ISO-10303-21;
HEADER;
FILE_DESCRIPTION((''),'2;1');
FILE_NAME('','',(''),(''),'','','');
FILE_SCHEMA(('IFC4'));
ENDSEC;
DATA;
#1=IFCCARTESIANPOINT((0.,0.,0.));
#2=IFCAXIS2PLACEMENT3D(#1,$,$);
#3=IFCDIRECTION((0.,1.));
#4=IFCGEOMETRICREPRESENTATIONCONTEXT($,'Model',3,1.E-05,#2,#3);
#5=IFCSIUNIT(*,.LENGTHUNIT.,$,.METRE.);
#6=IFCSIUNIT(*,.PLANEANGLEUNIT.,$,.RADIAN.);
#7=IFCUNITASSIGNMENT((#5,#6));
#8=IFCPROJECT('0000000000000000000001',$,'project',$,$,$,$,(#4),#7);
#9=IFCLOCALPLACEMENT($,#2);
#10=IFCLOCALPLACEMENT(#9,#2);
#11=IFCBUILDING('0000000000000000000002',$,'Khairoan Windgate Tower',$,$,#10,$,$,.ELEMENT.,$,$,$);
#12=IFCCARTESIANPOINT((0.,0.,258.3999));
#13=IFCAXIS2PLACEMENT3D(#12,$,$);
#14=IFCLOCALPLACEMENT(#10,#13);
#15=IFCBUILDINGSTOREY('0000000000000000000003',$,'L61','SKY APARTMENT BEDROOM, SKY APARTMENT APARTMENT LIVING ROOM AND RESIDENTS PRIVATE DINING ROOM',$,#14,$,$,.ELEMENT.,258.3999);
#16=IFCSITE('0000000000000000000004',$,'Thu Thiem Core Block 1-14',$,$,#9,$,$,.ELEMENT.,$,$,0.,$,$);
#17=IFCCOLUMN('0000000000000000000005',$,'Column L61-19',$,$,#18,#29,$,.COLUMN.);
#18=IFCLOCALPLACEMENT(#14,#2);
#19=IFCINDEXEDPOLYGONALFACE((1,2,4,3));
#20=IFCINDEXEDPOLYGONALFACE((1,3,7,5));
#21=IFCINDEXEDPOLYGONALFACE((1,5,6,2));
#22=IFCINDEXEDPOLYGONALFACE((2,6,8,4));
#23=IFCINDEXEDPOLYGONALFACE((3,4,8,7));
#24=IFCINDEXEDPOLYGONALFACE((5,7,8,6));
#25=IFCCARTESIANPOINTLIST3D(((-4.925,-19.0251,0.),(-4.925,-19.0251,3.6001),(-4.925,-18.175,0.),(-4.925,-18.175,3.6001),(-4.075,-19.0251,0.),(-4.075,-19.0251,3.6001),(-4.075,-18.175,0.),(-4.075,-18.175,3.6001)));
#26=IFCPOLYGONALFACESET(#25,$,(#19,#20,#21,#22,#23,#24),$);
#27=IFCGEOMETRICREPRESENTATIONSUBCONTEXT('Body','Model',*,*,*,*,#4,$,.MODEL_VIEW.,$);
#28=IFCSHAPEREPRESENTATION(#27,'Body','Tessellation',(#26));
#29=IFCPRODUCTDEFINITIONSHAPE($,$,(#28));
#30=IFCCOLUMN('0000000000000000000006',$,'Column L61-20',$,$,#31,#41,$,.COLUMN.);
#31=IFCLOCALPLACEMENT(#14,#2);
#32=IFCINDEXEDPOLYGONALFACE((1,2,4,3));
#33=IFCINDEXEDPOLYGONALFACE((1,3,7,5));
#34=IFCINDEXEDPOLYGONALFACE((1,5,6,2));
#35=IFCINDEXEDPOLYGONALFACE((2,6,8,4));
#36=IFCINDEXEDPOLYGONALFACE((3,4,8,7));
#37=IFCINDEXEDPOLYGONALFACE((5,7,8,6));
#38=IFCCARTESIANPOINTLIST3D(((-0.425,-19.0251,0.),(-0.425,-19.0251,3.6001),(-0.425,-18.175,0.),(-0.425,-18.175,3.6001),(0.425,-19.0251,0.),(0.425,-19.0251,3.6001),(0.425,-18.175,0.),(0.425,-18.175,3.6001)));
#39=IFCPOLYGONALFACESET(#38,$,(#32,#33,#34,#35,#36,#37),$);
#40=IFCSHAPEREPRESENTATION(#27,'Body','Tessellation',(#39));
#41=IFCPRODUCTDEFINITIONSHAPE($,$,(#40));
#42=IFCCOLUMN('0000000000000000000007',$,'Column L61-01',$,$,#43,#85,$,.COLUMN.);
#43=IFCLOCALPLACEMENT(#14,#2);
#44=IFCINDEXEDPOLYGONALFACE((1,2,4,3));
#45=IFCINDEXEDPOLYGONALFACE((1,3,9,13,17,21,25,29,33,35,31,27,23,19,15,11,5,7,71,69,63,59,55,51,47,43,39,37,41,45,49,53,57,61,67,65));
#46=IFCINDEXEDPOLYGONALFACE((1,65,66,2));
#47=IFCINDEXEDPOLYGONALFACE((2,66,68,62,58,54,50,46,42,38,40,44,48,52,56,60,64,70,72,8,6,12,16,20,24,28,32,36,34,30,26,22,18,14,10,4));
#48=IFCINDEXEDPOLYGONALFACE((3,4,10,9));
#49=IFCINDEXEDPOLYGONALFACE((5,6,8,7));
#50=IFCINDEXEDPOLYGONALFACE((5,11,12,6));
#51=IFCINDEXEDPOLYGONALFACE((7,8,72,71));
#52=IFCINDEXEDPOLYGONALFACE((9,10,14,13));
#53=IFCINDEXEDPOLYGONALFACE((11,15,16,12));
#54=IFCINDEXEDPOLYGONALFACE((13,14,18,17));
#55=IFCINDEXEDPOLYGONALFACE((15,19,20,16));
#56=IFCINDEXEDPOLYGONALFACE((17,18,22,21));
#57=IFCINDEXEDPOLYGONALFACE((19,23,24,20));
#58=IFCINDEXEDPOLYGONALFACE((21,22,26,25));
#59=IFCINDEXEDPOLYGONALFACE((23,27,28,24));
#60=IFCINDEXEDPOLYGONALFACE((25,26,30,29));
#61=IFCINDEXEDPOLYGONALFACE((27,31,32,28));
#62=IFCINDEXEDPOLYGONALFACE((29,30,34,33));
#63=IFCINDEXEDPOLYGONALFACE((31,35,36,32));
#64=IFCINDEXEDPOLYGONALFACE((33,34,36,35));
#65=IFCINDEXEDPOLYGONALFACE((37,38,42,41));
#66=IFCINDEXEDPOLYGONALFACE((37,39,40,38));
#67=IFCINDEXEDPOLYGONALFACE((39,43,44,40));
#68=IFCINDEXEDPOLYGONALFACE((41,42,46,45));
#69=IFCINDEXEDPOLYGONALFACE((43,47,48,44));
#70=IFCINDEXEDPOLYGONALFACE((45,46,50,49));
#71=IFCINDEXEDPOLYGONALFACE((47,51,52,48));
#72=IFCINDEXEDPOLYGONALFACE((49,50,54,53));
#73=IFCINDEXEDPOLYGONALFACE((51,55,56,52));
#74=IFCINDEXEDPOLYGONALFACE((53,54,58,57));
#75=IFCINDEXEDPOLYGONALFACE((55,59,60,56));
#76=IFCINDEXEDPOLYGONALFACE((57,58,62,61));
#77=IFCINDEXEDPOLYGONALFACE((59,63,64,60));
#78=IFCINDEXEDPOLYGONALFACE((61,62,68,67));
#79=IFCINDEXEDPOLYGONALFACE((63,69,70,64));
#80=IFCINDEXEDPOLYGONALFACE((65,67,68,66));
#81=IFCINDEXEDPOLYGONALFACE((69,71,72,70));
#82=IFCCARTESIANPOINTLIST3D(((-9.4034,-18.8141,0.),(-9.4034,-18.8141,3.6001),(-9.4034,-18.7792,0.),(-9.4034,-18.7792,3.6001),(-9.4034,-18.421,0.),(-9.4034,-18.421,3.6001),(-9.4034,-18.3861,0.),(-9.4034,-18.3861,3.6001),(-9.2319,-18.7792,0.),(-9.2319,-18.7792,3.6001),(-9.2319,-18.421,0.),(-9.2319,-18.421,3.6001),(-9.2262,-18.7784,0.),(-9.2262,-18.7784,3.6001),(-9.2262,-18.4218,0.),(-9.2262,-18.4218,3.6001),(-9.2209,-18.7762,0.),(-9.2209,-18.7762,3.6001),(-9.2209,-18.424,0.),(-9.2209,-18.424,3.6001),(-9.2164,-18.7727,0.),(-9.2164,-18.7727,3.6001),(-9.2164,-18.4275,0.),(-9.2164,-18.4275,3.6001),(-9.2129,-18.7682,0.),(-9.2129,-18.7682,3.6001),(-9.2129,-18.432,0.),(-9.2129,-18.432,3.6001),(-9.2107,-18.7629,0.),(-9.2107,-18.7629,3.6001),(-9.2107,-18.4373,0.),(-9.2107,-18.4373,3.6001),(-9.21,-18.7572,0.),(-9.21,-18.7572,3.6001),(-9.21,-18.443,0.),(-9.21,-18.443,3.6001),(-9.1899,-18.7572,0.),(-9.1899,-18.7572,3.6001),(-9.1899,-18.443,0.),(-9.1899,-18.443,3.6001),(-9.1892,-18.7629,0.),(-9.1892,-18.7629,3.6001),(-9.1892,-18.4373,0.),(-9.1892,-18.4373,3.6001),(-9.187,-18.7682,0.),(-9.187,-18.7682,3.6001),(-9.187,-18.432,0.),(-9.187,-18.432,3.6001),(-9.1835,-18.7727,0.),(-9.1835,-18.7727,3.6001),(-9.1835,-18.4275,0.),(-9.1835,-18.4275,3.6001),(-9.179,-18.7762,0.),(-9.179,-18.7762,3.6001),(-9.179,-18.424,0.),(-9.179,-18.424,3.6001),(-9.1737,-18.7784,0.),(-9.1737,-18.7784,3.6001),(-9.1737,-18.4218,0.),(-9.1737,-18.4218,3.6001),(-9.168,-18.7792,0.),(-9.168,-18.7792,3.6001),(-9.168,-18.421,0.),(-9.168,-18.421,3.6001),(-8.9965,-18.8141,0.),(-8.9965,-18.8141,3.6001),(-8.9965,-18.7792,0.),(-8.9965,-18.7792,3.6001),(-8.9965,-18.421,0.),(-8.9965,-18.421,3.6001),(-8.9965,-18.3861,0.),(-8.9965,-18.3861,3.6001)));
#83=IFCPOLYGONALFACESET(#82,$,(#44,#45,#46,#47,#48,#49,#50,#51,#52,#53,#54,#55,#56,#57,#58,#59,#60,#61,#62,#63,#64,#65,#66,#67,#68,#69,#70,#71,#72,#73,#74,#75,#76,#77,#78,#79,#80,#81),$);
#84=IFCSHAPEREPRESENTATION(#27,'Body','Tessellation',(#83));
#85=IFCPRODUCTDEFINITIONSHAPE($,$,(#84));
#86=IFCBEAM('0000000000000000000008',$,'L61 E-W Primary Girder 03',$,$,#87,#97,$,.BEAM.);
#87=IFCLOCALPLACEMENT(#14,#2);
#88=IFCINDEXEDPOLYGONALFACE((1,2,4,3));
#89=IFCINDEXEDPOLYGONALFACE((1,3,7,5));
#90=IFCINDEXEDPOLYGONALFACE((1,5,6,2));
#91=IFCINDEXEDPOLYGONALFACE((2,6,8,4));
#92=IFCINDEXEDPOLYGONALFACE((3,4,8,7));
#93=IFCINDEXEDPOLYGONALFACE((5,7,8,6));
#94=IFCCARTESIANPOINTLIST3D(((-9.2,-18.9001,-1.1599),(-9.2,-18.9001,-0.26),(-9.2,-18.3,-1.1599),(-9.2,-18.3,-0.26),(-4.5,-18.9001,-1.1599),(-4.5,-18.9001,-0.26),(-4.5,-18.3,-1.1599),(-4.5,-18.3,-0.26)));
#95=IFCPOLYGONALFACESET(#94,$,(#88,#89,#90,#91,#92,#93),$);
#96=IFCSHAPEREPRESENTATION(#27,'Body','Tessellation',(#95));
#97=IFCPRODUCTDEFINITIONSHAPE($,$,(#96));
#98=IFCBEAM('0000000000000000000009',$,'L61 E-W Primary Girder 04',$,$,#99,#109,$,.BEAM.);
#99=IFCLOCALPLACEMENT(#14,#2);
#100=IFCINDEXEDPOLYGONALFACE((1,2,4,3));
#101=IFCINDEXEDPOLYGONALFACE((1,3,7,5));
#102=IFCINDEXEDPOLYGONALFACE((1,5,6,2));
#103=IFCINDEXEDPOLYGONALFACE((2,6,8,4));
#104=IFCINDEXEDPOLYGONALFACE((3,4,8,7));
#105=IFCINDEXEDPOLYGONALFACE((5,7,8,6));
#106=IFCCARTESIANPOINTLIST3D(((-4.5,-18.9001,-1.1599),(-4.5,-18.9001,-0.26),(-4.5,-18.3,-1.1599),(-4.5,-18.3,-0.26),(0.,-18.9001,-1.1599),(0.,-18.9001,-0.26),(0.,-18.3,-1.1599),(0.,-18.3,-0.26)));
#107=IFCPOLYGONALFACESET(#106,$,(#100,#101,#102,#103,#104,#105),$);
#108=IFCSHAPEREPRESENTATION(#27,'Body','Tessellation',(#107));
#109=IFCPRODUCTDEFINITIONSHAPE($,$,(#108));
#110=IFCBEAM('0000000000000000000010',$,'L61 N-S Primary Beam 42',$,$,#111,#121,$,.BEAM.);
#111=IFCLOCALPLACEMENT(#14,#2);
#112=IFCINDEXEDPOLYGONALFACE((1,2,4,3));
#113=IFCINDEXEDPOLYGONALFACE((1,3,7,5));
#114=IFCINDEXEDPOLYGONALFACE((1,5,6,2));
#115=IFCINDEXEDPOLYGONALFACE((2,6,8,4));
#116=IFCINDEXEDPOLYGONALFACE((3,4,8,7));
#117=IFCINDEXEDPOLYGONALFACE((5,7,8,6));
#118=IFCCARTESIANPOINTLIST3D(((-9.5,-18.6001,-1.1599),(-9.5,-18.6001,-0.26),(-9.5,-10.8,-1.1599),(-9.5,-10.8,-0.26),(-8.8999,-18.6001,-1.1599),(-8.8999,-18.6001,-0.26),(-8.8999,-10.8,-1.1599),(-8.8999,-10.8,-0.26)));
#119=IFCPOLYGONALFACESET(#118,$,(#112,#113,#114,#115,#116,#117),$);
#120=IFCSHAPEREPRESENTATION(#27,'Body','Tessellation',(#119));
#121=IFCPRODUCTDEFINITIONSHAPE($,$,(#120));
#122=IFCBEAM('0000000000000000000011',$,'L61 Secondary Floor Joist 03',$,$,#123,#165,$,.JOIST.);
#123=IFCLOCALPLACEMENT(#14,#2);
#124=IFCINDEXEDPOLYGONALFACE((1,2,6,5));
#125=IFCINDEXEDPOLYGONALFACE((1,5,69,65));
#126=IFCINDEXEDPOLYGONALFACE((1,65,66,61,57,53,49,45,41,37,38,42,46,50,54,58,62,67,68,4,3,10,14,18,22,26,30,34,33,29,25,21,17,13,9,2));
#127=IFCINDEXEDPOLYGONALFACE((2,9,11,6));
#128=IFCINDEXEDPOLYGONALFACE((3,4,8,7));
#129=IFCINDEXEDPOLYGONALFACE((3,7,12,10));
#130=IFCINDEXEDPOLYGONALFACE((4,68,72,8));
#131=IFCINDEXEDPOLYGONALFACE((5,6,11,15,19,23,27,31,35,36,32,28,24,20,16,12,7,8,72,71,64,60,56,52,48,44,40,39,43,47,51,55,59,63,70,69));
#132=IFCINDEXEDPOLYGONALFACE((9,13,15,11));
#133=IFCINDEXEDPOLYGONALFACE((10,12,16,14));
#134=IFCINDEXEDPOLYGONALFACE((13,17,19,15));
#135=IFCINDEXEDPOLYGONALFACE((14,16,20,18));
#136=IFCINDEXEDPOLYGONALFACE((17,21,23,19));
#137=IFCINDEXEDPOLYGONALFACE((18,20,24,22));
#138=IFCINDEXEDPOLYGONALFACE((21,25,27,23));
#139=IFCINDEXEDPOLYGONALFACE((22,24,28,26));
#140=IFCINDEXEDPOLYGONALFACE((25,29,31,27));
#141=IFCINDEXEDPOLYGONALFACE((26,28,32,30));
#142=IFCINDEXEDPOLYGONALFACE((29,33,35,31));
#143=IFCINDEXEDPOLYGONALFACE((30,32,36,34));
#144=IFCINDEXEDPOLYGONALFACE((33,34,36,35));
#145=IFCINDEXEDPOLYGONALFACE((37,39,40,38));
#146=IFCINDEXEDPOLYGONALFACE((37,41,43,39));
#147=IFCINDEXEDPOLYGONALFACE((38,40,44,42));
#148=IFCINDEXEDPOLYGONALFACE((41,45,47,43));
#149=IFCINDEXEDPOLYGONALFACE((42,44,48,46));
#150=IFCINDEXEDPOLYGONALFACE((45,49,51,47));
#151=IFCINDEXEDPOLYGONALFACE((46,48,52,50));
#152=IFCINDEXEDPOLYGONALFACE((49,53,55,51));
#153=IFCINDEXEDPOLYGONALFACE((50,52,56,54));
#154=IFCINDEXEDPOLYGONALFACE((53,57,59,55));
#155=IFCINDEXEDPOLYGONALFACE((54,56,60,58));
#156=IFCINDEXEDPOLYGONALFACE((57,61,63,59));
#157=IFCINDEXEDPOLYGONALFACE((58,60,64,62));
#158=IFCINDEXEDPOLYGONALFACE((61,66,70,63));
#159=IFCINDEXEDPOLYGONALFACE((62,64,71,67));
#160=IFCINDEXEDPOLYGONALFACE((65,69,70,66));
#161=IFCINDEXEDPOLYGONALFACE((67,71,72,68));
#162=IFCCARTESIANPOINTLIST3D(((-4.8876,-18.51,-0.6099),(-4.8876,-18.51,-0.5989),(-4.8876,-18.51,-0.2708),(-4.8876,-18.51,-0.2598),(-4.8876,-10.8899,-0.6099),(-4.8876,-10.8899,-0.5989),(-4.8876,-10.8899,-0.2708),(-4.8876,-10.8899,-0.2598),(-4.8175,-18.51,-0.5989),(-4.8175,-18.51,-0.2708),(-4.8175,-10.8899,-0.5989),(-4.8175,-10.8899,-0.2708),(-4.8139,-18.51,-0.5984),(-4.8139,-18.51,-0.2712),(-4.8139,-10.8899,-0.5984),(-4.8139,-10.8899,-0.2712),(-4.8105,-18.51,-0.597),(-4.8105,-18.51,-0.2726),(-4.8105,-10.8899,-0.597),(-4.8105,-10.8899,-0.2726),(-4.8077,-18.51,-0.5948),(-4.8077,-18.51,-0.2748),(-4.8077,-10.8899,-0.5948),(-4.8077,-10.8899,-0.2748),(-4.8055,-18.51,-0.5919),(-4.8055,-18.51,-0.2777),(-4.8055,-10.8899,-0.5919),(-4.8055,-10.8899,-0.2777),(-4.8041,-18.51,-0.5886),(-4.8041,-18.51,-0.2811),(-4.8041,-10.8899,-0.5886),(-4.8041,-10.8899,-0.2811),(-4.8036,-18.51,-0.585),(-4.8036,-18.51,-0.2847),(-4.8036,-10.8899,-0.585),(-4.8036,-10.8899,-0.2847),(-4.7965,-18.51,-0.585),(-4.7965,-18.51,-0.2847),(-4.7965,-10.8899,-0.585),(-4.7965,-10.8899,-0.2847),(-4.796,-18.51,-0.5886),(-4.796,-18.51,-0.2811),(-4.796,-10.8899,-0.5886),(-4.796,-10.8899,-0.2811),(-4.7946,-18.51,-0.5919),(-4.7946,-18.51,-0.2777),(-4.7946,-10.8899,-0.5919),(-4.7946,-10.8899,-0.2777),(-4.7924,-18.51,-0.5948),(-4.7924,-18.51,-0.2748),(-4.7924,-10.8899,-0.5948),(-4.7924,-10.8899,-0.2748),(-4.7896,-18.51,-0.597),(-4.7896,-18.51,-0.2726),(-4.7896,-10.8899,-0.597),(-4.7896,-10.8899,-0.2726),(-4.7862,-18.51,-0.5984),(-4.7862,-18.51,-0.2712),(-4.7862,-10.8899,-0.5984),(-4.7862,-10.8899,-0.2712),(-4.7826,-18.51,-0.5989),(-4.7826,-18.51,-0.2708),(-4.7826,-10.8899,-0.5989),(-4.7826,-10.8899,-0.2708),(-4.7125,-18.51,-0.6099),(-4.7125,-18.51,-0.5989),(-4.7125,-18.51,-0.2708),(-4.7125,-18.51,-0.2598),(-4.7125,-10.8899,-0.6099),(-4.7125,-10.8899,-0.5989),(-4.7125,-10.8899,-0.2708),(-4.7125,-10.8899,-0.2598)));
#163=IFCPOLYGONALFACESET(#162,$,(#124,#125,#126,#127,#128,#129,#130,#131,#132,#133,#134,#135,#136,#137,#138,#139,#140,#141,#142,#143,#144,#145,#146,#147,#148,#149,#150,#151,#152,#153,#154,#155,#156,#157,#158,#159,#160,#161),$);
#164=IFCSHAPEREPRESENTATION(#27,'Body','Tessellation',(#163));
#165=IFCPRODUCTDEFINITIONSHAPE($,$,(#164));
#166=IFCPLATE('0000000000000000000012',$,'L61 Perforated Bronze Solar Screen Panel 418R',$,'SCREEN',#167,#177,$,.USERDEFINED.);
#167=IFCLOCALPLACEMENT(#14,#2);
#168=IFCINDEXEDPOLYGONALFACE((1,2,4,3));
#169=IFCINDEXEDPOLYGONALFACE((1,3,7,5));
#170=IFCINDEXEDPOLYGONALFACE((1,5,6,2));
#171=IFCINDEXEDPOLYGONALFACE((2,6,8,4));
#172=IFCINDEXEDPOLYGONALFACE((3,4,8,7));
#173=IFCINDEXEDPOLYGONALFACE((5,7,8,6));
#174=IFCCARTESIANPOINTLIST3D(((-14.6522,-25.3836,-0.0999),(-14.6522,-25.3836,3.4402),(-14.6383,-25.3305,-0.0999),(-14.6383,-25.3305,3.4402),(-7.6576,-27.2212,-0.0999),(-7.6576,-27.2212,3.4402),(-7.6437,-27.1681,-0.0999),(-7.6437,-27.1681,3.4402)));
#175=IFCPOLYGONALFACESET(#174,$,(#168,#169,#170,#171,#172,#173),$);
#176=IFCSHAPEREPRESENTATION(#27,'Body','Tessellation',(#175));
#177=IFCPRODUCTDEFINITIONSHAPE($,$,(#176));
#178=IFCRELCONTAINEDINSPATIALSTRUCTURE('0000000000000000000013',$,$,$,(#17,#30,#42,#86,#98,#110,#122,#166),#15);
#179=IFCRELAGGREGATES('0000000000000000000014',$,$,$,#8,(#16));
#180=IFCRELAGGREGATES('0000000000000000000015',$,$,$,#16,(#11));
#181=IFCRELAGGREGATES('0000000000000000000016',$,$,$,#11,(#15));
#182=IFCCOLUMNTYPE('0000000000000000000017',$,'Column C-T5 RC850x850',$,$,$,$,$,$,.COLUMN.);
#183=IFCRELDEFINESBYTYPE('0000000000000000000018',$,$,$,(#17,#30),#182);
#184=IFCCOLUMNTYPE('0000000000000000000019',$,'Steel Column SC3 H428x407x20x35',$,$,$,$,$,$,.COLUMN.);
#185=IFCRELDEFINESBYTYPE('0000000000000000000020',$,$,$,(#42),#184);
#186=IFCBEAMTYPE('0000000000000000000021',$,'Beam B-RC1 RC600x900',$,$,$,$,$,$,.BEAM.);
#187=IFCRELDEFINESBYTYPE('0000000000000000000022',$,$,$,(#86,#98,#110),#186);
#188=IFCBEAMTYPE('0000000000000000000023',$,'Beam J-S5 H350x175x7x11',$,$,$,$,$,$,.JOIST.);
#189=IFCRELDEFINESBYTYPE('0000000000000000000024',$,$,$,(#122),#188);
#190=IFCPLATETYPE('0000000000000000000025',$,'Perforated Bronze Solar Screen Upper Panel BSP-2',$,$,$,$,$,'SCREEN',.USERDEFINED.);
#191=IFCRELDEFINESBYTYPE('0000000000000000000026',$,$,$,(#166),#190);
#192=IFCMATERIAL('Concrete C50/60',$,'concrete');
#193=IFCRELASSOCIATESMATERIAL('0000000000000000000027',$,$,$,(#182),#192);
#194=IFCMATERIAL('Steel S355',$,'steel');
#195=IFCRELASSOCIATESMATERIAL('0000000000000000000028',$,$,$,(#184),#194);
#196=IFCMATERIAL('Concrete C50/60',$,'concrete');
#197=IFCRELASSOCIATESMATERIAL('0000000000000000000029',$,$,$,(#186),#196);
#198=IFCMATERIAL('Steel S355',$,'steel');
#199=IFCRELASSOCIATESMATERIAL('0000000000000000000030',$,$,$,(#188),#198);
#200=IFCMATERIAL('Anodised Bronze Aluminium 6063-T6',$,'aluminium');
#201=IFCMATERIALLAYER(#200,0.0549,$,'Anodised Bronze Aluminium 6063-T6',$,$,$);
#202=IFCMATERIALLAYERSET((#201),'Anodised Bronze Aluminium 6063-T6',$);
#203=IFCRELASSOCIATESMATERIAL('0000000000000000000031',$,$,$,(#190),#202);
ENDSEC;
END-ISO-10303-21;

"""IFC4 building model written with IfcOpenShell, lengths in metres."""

from ifc_helpers import new_model, si_unit, direction, frame, origin, origin_2d, place, context, subcontext, project, spatial, rectangle, i_section, extrude, material, layer, layer_set, material_profile, profile_set, type_object, element, save


model = new_model("IFC4")

# Units and contexts
model_context = context("Model", 3, precision=1e-05, world=origin(), true_north=direction((0.0, 1.0)))
body_context = subcontext(model_context, "Body", "Model", "MODEL_VIEW")
ifc_project = project(units=[si_unit("LENGTHUNIT", "METRE"), si_unit("PLANEANGLEUNIT", "RADIAN")], contexts=[model_context])

# Site, building, storey
site_placement = place(None, origin())
site = spatial("IfcSite", under=ifc_project, at=site_placement, Name="Thu Thiem Core Block 1-14", CompositionType="ELEMENT", RefElevation=0.0)
building_placement = place(site_placement, origin())
building = spatial("IfcBuilding", under=site, at=building_placement, Name="Khairoan Windgate Tower", CompositionType="ELEMENT")
storey_placement = place(building_placement, frame((0.0, 0.0, 258.3999)))
storey = spatial("IfcBuildingStorey", under=building, at=storey_placement, Name="L61", Description="SKY APARTMENT BEDROOM, SKY APARTMENT APARTMENT LIVING ROOM AND RESIDENTS PRIVATE DINING ROOM", CompositionType="ELEMENT", Elevation=258.3999)

# Columns
ifc_material_1 = material(Name="Concrete C50/60", Category="concrete")
ifc_material_profile_1 = material_profile(ifc_material_1, rectangle(XDim=0.8501, YDim=0.8501, at=origin_2d()))
ifc_profile_set_1 = profile_set([ifc_material_profile_1], Name="Concrete C50/60")
column_type_1 = type_object("IfcColumnType", Name="Column C-T5 RC850x850", PredefinedType="COLUMN", material=ifc_profile_set_1)
for number, where, z_axis, x_axis, name in (
    (1, (-4.5, -18.6001, 0.0), (0.0, 0.0, 1.0), (1.0, 0.0, 0.0), "Column L61-19"),
    (2, (0.0, -18.6001, 0.0), (0.0, 0.0, 1.0), (1.0, 0.0, 0.0), "Column L61-20"),
):
    element("IfcColumn", number, at=place(storey_placement, frame(where, z_axis=z_axis, x_axis=x_axis)), inside=storey, type_object=column_type_1, Name=name, PredefinedType="COLUMN", context=body_context, shape_type="SweptSolid", body=[
        extrude(rectangle(XDim=0.8501, YDim=0.8501, at=origin_2d()), origin(), (0.0, 0.0, 1.0), 3.6001),
    ])
ifc_material_2 = material(Name="Steel S355", Category="steel")
ifc_material_profile_2 = material_profile(ifc_material_2, i_section(OverallWidth=0.407, OverallDepth=0.428, WebThickness=0.02, FlangeThickness=0.0349, FilletRadius=0.022, at=origin_2d()))
ifc_profile_set_2 = profile_set([ifc_material_profile_2], Name="Steel S355")
column_type_2 = type_object("IfcColumnType", Name="Steel Column SC3 H428x407x20x35", PredefinedType="COLUMN", material=ifc_profile_set_2)
column_placement = place(storey_placement, frame((-9.2, -18.6001, 0.0), z_axis=(0.0, 0.0, 1.0), x_axis=(1.0, 0.0, 0.0)))
element("IfcColumn", 3, at=column_placement, inside=storey, type_object=column_type_2, Name="Column L61-01", PredefinedType="COLUMN", context=body_context, shape_type="SweptSolid", body=[
    extrude(i_section(OverallWidth=0.407, OverallDepth=0.428, WebThickness=0.02, FlangeThickness=0.0349, FilletRadius=0.022, at=origin_2d()), origin(), (0.0, 0.0, 1.0), 3.6001),
])

# Beams
ifc_material_3 = material(Name="Concrete C50/60", Category="concrete")
ifc_material_profile_3 = material_profile(ifc_material_3, rectangle(XDim=0.6001, YDim=0.8999, at=origin_2d()))
ifc_profile_set_3 = profile_set([ifc_material_profile_3], Name="Concrete C50/60")
beam_type_1 = type_object("IfcBeamType", Name="Beam B-RC1 RC600x900", PredefinedType="BEAM", material=ifc_profile_set_3)
beam_1_placement = place(storey_placement, frame((-9.2, -18.6001, -0.71), z_axis=(1.0, 0.0, 0.0), x_axis=(0.0, 1.0, 0.0)))
element("IfcBeam", 4, at=beam_1_placement, inside=storey, type_object=beam_type_1, Name="L61 E-W Primary Girder 03", PredefinedType="BEAM", context=body_context, shape_type="SweptSolid", body=[
    extrude(rectangle(XDim=0.6001, YDim=0.8999, at=origin_2d()), origin(), (0.0, 0.0, 1.0), 4.7),
])
beam_2_placement = place(storey_placement, frame((-4.5, -18.6001, -0.71), z_axis=(1.0, 0.0, 0.0), x_axis=(0.0, 1.0, 0.0)))
element("IfcBeam", 5, at=beam_2_placement, inside=storey, type_object=beam_type_1, Name="L61 E-W Primary Girder 04", PredefinedType="BEAM", context=body_context, shape_type="SweptSolid", body=[
    extrude(rectangle(XDim=0.6001, YDim=0.8999, at=origin_2d()), origin(), (0.0, 0.0, 1.0), 4.5),
])
beam_3_placement = place(storey_placement, frame((-9.2, -18.6001, -0.71), z_axis=(0.0, 1.0, 0.0), x_axis=(-1.0, 0.0, 0.0)))
element("IfcBeam", 6, at=beam_3_placement, inside=storey, type_object=beam_type_1, Name="L61 N-S Primary Beam 42", PredefinedType="BEAM", context=body_context, shape_type="SweptSolid", body=[
    extrude(rectangle(XDim=0.6001, YDim=0.8999, at=origin_2d()), origin(), (0.0, 0.0, 1.0), 7.8),
])
ifc_material_4 = material(Name="Steel S355", Category="steel")
ifc_material_profile_4 = material_profile(ifc_material_4, i_section(OverallWidth=0.175, OverallDepth=0.3501, WebThickness=0.0071, FlangeThickness=0.011, FilletRadius=0.0139, at=origin_2d()))
ifc_profile_set_4 = profile_set([ifc_material_profile_4], Name="Steel S355")
beam_type_2 = type_object("IfcBeamType", Name="Beam J-S5 H350x175x7x11", PredefinedType="JOIST", material=ifc_profile_set_4)
beam_4_placement = place(storey_placement, frame((-4.8, -18.51, -0.4348), z_axis=(0.0, 1.0, 0.0), x_axis=(-1.0, 0.0, 0.0)))
element("IfcBeam", 7, at=beam_4_placement, inside=storey, type_object=beam_type_2, Name="L61 Secondary Floor Joist 03", PredefinedType="JOIST", context=body_context, shape_type="SweptSolid", body=[
    extrude(i_section(OverallWidth=0.175, OverallDepth=0.3501, WebThickness=0.0071, FlangeThickness=0.011, FilletRadius=0.0139, at=origin_2d()), origin(), (0.0, 0.0, 1.0), 7.6201),
])

# Plate
ifc_material_5 = material(Name="Anodised Bronze Aluminium 6063-T6", Category="aluminium")
ifc_layer_1 = layer(ifc_material_5, 0.0549, Name="Anodised Bronze Aluminium 6063-T6")
ifc_layer_set_1 = layer_set([ifc_layer_1], Name="Anodised Bronze Aluminium 6063-T6")
plate_type = type_object("IfcPlateType", Name="Perforated Bronze Solar Screen Upper Panel BSP-2", ElementType="SCREEN", PredefinedType="USERDEFINED", material=ifc_layer_set_1)
plate_placement = place(storey_placement, frame((-11.1479, -26.2759, -0.0999), z_axis=(0.0, 0.0, 1.0), x_axis=(-0.967179, 0.254096, 0.0)))
element("IfcPlate", 8, at=plate_placement, inside=storey, type_object=plate_type, Name="L61 Perforated Bronze Solar Screen Panel 418R", ObjectType="SCREEN", PredefinedType="USERDEFINED", context=body_context, shape_type="SweptSolid", body=[
    extrude(rectangle(XDim=7.2319, YDim=0.0549, at=origin_2d()), origin(), (0.0, 0.0, 1.0), 3.54),
])

save(model, "model.ifc")
